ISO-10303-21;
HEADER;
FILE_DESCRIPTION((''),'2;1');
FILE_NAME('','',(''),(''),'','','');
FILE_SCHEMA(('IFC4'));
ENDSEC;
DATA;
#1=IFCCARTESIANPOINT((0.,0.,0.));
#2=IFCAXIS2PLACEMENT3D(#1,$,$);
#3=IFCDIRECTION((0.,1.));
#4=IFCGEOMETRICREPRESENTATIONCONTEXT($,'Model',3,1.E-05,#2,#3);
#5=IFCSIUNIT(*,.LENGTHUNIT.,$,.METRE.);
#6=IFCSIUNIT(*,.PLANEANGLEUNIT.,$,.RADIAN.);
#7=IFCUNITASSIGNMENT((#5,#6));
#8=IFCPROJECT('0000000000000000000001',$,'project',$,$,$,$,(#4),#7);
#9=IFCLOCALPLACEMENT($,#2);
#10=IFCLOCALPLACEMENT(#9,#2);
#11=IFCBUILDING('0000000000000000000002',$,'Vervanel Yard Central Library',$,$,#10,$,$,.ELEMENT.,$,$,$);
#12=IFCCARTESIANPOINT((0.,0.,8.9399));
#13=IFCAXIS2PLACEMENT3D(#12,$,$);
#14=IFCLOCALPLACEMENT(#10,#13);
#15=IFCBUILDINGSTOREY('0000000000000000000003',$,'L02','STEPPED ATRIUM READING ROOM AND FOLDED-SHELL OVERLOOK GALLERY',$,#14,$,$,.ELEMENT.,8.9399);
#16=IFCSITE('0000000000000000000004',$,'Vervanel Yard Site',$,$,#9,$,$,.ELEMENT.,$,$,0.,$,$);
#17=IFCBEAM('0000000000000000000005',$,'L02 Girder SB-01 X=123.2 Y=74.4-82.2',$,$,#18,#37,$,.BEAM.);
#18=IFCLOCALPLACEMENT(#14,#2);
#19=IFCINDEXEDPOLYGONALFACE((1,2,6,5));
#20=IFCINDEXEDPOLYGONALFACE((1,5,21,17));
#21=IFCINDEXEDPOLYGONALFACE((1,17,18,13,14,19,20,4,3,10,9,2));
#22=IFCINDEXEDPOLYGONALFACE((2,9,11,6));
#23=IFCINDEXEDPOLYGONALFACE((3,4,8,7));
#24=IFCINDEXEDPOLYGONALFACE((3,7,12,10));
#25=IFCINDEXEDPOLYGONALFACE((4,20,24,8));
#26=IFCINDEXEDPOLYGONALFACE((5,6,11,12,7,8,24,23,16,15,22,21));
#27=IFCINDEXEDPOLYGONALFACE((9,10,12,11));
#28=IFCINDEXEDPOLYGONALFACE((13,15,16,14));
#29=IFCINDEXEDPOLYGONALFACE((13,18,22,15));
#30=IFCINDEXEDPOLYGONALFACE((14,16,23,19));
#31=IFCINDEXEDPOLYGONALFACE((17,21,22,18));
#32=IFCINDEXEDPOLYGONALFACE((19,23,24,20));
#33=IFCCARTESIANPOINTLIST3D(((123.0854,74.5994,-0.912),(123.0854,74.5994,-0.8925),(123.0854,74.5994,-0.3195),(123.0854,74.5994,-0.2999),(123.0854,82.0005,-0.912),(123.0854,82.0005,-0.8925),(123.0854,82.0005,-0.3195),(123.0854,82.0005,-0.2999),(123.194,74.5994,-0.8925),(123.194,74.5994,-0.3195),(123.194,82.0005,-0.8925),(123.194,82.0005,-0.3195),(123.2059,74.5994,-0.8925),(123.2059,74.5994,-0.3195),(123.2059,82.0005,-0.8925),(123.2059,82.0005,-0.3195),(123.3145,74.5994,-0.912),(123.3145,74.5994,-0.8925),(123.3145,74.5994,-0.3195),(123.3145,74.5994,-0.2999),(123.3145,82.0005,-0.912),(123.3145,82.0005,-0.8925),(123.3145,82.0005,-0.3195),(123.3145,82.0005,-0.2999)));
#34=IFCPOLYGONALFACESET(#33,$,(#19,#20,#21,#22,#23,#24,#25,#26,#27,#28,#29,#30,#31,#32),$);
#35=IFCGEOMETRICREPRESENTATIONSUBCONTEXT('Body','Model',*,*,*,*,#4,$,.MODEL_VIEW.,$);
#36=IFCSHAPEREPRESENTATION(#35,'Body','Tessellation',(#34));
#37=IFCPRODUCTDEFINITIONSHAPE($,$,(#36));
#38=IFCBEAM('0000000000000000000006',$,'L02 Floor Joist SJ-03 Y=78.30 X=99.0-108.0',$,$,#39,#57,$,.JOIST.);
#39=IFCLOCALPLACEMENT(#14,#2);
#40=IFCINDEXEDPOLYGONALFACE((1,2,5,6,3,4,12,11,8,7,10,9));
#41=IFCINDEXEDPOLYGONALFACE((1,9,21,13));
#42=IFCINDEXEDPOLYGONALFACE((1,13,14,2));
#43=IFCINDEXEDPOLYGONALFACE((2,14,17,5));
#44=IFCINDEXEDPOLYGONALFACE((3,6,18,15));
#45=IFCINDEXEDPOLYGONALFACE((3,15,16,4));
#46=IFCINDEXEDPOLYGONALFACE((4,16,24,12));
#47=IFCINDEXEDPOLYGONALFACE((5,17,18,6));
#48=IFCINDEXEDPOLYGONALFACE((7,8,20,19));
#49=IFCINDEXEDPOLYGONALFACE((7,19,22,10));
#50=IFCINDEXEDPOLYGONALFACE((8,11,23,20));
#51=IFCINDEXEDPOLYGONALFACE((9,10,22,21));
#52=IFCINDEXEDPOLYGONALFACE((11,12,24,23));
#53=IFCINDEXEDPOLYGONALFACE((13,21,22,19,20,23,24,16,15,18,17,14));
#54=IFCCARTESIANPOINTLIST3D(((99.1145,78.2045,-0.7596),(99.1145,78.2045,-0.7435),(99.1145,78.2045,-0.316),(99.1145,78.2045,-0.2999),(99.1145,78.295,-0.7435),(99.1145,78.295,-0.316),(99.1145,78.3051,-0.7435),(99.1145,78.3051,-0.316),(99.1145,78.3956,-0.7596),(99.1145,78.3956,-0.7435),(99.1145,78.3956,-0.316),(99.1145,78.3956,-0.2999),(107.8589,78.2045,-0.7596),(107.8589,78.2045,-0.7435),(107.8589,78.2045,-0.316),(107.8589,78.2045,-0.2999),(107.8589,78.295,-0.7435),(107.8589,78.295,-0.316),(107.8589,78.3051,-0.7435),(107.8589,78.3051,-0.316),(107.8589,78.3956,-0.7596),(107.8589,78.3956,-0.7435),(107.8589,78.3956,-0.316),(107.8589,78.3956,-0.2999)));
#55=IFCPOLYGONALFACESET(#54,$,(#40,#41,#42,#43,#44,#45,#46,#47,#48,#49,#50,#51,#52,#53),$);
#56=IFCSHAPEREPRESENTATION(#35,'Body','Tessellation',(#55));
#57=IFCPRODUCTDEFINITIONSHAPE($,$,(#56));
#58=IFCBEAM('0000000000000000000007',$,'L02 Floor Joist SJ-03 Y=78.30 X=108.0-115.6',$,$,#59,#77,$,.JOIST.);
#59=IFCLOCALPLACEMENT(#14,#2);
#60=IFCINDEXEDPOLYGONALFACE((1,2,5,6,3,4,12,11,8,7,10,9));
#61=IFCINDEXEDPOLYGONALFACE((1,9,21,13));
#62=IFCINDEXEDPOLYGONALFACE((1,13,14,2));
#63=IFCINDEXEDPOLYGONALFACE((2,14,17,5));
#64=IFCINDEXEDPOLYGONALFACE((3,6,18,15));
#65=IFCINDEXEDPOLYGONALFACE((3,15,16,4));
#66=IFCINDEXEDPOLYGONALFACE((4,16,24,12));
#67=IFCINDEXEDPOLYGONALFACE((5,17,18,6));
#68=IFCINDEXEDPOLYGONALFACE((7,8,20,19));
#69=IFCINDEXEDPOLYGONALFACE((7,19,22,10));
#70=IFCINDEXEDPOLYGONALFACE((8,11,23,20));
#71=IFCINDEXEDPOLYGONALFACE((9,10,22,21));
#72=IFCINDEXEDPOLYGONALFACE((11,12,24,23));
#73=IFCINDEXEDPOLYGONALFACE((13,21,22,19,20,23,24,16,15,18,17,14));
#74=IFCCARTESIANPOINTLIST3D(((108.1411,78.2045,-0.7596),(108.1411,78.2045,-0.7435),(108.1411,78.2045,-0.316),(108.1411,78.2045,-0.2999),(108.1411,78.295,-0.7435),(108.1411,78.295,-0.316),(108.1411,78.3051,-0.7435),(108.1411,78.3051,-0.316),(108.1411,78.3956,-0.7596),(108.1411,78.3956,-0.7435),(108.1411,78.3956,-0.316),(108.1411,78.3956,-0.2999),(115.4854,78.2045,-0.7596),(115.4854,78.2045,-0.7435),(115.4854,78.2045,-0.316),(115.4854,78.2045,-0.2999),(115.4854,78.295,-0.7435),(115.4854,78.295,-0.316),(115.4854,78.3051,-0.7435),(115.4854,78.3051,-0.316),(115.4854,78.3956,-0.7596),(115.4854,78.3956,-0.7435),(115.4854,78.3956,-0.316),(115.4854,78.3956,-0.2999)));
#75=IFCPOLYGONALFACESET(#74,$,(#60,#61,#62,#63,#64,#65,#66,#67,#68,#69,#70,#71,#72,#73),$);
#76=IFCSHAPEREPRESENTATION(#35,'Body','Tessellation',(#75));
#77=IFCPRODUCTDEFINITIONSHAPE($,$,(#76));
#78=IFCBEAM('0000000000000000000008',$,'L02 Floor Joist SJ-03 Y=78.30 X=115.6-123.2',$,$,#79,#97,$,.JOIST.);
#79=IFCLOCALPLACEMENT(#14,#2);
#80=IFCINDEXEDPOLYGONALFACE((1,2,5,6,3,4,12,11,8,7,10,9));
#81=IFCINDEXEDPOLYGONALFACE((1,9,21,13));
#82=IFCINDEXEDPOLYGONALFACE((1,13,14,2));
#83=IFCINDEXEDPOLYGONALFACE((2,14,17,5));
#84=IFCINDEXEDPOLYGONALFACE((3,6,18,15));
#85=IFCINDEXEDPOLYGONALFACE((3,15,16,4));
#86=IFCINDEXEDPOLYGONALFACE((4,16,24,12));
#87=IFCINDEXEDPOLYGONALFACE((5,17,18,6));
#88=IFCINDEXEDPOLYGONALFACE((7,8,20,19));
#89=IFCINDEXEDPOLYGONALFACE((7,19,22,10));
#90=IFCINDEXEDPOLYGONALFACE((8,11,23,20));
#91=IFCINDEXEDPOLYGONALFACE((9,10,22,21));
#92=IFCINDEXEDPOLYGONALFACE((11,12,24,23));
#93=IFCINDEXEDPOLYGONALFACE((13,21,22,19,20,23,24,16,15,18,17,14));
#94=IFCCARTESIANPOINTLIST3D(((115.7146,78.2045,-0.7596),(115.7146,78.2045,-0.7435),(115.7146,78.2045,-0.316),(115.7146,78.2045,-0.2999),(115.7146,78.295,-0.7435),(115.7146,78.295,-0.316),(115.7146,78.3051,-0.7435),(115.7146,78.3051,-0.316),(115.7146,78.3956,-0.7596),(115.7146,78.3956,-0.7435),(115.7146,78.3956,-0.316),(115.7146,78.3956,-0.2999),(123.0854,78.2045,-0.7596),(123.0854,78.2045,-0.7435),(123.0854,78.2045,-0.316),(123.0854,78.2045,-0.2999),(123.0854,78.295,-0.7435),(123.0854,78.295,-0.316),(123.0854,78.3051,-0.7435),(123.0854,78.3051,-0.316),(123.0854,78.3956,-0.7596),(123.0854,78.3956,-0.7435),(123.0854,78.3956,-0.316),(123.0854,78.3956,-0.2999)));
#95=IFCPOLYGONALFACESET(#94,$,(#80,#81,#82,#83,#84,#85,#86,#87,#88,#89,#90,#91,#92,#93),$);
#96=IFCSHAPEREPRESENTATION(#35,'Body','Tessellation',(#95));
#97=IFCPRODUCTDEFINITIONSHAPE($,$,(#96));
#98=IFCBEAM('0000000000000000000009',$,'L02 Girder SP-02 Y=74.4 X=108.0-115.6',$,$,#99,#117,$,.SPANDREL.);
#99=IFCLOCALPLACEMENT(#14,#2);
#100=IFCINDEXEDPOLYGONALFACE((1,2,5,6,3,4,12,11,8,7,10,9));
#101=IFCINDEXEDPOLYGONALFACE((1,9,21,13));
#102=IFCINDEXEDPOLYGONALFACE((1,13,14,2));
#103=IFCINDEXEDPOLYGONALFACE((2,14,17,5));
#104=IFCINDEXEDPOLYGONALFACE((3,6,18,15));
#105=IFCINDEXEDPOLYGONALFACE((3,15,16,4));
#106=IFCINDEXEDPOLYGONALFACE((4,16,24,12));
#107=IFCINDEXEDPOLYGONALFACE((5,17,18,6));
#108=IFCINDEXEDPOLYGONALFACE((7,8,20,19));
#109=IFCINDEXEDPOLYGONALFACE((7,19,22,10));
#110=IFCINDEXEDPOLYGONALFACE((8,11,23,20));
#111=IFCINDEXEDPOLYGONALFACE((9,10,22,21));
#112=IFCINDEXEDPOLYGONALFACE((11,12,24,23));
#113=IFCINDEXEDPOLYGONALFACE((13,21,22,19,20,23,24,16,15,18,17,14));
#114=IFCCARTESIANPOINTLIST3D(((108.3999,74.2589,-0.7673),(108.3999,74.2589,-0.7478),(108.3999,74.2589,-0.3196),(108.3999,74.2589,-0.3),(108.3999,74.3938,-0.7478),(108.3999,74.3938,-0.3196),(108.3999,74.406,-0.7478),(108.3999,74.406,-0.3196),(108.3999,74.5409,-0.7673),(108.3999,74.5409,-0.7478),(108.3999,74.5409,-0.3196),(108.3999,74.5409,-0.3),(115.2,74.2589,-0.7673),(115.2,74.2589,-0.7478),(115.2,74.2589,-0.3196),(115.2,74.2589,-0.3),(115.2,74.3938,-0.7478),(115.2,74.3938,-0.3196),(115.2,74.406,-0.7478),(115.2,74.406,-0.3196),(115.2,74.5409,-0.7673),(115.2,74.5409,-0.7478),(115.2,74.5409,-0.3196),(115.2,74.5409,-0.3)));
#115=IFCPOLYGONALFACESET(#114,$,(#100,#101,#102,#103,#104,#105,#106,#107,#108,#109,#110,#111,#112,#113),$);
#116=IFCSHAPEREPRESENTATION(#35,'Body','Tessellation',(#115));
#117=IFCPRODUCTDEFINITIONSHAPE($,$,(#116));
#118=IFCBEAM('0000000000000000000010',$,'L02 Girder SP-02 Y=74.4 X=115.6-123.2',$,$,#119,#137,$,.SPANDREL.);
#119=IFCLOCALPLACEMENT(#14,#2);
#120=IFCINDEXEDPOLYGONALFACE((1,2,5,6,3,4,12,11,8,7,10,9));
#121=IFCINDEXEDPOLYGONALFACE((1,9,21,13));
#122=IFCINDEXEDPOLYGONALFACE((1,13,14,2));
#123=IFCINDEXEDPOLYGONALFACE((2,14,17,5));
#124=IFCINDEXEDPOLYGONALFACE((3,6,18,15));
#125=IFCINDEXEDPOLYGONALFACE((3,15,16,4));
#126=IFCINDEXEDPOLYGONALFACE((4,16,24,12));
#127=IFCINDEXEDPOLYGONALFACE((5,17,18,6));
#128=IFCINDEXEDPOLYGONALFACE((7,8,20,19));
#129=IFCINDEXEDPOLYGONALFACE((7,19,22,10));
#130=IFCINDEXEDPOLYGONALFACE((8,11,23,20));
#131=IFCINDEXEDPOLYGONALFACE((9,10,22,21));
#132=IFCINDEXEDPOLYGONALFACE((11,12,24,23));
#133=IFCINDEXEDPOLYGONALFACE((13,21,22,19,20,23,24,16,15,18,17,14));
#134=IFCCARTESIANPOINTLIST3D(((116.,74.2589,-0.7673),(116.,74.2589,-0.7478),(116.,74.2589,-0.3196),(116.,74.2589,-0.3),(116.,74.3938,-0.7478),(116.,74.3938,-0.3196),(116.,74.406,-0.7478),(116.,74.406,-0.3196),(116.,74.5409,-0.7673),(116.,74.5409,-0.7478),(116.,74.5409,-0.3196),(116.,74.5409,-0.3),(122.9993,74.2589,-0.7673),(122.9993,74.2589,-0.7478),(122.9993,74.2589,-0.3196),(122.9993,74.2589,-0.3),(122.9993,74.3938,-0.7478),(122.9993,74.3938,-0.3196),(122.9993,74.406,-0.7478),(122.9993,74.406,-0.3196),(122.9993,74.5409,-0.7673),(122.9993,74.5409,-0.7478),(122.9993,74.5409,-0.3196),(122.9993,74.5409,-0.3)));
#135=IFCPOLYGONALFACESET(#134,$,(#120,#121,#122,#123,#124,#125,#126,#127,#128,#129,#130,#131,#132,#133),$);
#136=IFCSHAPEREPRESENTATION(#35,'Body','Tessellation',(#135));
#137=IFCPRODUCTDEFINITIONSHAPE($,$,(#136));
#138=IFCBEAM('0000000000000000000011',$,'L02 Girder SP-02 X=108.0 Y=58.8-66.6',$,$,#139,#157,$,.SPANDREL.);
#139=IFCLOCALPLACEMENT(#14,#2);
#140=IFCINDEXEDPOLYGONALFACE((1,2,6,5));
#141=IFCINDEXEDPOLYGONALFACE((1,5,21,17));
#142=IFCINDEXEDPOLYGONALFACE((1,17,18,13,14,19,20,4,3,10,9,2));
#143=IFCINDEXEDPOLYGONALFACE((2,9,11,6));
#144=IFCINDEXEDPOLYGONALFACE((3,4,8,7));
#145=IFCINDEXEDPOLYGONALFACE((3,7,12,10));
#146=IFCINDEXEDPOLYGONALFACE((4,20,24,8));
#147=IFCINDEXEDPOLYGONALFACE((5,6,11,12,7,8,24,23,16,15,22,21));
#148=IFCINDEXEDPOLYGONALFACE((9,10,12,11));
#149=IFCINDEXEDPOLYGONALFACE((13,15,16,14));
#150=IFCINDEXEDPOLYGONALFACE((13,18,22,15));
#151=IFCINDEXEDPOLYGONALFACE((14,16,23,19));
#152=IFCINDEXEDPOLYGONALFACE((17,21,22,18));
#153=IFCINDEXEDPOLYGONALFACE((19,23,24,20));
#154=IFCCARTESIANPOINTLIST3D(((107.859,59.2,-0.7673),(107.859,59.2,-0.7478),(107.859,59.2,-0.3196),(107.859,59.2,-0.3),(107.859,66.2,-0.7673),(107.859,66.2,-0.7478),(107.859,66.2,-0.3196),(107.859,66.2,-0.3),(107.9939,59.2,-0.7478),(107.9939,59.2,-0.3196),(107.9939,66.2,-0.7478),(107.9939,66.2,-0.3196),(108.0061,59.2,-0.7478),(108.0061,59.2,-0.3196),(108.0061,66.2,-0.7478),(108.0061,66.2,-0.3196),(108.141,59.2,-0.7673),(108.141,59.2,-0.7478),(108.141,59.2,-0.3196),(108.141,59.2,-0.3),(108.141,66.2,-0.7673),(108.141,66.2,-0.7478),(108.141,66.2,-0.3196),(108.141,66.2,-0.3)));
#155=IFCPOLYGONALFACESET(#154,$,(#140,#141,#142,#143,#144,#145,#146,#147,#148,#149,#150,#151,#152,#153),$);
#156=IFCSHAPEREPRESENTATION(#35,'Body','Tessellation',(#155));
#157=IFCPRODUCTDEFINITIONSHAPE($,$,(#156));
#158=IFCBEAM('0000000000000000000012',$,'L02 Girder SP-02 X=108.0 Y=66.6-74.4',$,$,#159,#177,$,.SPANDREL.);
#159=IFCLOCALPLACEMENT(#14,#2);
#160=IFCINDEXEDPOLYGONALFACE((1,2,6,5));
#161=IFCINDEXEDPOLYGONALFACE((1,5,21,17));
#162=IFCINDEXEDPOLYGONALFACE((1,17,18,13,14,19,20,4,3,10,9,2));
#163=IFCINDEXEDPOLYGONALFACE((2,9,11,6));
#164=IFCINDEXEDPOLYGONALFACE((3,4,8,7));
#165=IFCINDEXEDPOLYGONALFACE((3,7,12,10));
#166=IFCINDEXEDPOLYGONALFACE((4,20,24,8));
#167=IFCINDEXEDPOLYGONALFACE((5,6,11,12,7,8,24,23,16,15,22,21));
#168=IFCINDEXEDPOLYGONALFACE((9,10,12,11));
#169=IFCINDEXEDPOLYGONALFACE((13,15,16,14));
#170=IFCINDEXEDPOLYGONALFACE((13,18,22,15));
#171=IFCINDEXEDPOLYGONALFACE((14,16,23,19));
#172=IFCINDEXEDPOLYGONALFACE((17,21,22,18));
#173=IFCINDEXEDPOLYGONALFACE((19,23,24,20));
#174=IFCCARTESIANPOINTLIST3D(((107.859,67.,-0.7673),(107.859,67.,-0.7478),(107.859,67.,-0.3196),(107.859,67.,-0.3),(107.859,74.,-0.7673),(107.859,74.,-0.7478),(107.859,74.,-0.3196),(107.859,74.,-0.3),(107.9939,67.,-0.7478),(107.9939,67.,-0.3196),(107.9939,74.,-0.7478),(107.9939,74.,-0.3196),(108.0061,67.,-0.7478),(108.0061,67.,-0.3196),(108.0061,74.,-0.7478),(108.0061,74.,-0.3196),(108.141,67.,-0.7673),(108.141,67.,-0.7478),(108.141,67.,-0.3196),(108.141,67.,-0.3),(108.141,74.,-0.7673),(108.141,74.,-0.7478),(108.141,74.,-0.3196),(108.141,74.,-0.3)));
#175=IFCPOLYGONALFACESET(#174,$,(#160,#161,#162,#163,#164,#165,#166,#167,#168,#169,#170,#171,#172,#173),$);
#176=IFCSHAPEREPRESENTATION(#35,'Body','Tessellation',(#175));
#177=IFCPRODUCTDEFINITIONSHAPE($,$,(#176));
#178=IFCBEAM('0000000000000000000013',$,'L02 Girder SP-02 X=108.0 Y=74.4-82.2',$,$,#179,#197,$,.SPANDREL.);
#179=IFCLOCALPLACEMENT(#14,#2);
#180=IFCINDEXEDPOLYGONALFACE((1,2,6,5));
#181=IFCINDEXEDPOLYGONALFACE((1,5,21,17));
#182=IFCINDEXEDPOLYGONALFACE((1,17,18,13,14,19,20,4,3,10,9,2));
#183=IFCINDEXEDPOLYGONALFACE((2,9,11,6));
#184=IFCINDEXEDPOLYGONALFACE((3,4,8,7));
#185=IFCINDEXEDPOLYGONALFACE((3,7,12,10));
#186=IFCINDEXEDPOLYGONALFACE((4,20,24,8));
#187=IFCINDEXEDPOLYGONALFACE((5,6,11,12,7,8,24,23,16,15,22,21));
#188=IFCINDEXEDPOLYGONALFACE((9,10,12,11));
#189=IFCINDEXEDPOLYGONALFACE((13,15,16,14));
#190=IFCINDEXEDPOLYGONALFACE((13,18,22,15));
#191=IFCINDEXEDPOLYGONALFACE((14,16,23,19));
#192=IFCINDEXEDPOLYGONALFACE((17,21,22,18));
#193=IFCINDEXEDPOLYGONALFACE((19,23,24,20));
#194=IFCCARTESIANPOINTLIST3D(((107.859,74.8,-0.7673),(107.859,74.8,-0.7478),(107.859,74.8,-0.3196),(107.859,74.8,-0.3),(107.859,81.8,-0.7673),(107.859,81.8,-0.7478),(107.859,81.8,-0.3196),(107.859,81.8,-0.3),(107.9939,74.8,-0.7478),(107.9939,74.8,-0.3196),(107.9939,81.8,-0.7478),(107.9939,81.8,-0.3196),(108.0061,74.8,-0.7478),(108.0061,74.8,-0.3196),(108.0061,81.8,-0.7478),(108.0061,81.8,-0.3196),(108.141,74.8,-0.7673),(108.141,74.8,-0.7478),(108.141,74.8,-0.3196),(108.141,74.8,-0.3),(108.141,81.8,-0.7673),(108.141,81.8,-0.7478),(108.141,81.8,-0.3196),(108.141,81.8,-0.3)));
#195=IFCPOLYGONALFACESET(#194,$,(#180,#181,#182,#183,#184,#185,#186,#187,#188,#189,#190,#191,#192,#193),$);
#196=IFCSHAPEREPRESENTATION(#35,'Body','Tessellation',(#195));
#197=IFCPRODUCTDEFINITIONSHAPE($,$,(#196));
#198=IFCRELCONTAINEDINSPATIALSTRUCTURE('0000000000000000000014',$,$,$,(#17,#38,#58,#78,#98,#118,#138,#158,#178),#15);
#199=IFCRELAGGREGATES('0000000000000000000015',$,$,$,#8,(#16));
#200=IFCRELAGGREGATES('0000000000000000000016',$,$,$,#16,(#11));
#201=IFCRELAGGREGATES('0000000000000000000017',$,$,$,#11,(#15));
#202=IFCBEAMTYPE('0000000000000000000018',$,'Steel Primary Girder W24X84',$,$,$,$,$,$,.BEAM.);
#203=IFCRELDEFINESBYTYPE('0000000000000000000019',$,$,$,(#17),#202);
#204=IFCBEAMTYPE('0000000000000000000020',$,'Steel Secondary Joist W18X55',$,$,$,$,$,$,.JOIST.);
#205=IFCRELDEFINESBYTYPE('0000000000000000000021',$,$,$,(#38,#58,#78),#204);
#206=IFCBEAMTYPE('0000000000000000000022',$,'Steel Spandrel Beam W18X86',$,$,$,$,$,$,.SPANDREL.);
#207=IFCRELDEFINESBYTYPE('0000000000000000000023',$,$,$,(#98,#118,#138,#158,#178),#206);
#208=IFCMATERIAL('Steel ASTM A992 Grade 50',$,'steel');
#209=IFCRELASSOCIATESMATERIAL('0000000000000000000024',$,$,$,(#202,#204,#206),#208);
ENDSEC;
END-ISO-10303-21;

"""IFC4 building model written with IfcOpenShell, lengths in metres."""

from ifc_helpers import new_model, si_unit, direction, frame, origin, origin_2d, place, context, subcontext, project, spatial, i_section, extrude, material, material_profile, profile_set, type_object, element, save


model = new_model("IFC4")

# Units and contexts
model_context = context("Model", 3, precision=1e-05, world=origin(), true_north=direction((0.0, 1.0)))
body_context = subcontext(model_context, "Body", "Model", "MODEL_VIEW")
ifc_project = project(units=[si_unit("LENGTHUNIT", "METRE"), si_unit("PLANEANGLEUNIT", "RADIAN")], contexts=[model_context])

# Site, building, storey
site_placement = place(None, origin())
site = spatial("IfcSite", under=ifc_project, at=site_placement, Name="Vervanel Yard Site", CompositionType="ELEMENT", RefElevation=0.0)
building_placement = place(site_placement, origin())
building = spatial("IfcBuilding", under=site, at=building_placement, Name="Vervanel Yard Central Library", CompositionType="ELEMENT")
storey_placement = place(building_placement, frame((0.0, 0.0, 8.9399)))
storey = spatial("IfcBuildingStorey", under=building, at=storey_placement, Name="L02", Description="STEPPED ATRIUM READING ROOM AND FOLDED-SHELL OVERLOOK GALLERY", CompositionType="ELEMENT", Elevation=8.9399)

# Shared definitions
ifc_material_1 = material(Name="Steel ASTM A992 Grade 50", Category="steel")

# Beams
ifc_material_profile_1 = material_profile(ifc_material_1, i_section(OverallWidth=0.229, OverallDepth=0.6121, WebThickness=0.012, FlangeThickness=0.0195, at=origin_2d()), Name="W24X84", Category="steel")
ifc_profile_set_1 = profile_set([ifc_material_profile_1], Name="Steel ASTM A992 Grade 50")
beam_type_1 = type_object("IfcBeamType", Name="Steel Primary Girder W24X84", PredefinedType="BEAM", material=ifc_profile_set_1)
beam_1_placement = place(storey_placement, frame((123.2, 74.5994, -0.606), z_axis=(0.0, 1.0, 0.0), x_axis=(-1.0, 0.0, 0.0)))
element("IfcBeam", 1, at=beam_1_placement, inside=storey, type_object=beam_type_1, Name="L02 Girder SB-01 X=123.2 Y=74.4-82.2", PredefinedType="BEAM", context=body_context, shape_type="SweptSolid", body=[
    extrude(i_section(OverallWidth=0.229, OverallDepth=0.6121, WebThickness=0.012, FlangeThickness=0.0195, at=origin_2d()), origin(), (0.0, 0.0, 1.0), 7.4011),
])
ifc_material_profile_2 = material_profile(ifc_material_1, i_section(OverallWidth=0.1912, OverallDepth=0.4597, WebThickness=0.01, FlangeThickness=0.0161, at=origin_2d()), Name="W18X55", Category="steel")
ifc_profile_set_2 = profile_set([ifc_material_profile_2], Name="Steel ASTM A992 Grade 50")
beam_type_2 = type_object("IfcBeamType", Name="Steel Secondary Joist W18X55", PredefinedType="JOIST", material=ifc_profile_set_2)
beam_2_placement = place(storey_placement, frame((99.1145, 78.3, -0.5298), z_axis=(1.0, 0.0, 0.0), x_axis=(0.0, 1.0, 0.0)))
element("IfcBeam", 2, at=beam_2_placement, inside=storey, type_object=beam_type_2, Name="L02 Floor Joist SJ-03 Y=78.30 X=99.0-108.0", PredefinedType="JOIST", context=body_context, shape_type="SweptSolid", body=[
    extrude(i_section(OverallWidth=0.1912, OverallDepth=0.4597, WebThickness=0.01, FlangeThickness=0.0161, at=origin_2d()), origin(), (0.0, 0.0, 1.0), 8.7444),
])
beam_3_placement = place(storey_placement, frame((108.1411, 78.3, -0.5298), z_axis=(1.0, 0.0, 0.0), x_axis=(0.0, 1.0, 0.0)))
element("IfcBeam", 3, at=beam_3_placement, inside=storey, type_object=beam_type_2, Name="L02 Floor Joist SJ-03 Y=78.30 X=108.0-115.6", PredefinedType="JOIST", context=body_context, shape_type="SweptSolid", body=[
    extrude(i_section(OverallWidth=0.1912, OverallDepth=0.4597, WebThickness=0.01, FlangeThickness=0.0161, at=origin_2d()), origin(), (0.0, 0.0, 1.0), 7.3442),
])
beam_4_placement = place(storey_placement, frame((115.7146, 78.3, -0.5298), z_axis=(1.0, 0.0, 0.0), x_axis=(0.0, 1.0, 0.0)))
element("IfcBeam", 4, at=beam_4_placement, inside=storey, type_object=beam_type_2, Name="L02 Floor Joist SJ-03 Y=78.30 X=115.6-123.2", PredefinedType="JOIST", context=body_context, shape_type="SweptSolid", body=[
    extrude(i_section(OverallWidth=0.1912, OverallDepth=0.4597, WebThickness=0.01, FlangeThickness=0.0161, at=origin_2d()), origin(), (0.0, 0.0, 1.0), 7.3708),
])
ifc_material_profile_3 = material_profile(ifc_material_1, i_section(OverallWidth=0.282, OverallDepth=0.4673, WebThickness=0.0122, FlangeThickness=0.0195, at=origin_2d()), Name="W18X86", Category="steel")
ifc_profile_set_3 = profile_set([ifc_material_profile_3], Name="Steel ASTM A992 Grade 50")
beam_type_3 = type_object("IfcBeamType", Name="Steel Spandrel Beam W18X86", PredefinedType="SPANDREL", material=ifc_profile_set_3)
beam_5_placement = place(storey_placement, frame((108.3999, 74.3999, -0.5337), z_axis=(1.0, 0.0, 0.0), x_axis=(0.0, 1.0, 0.0)))
element("IfcBeam", 5, at=beam_5_placement, inside=storey, type_object=beam_type_3, Name="L02 Girder SP-02 Y=74.4 X=108.0-115.6", PredefinedType="SPANDREL", context=body_context, shape_type="SweptSolid", body=[
    extrude(i_section(OverallWidth=0.282, OverallDepth=0.4673, WebThickness=0.0122, FlangeThickness=0.0195, at=origin_2d()), origin(), (0.0, 0.0, 1.0), 6.8),
])
beam_6_placement = place(storey_placement, frame((116.0, 74.3999, -0.5337), z_axis=(1.0, 0.0, 0.0), x_axis=(0.0, 1.0, 0.0)))
element("IfcBeam", 6, at=beam_6_placement, inside=storey, type_object=beam_type_3, Name="L02 Girder SP-02 Y=74.4 X=115.6-123.2", PredefinedType="SPANDREL", context=body_context, shape_type="SweptSolid", body=[
    extrude(i_section(OverallWidth=0.282, OverallDepth=0.4673, WebThickness=0.0122, FlangeThickness=0.0195, at=origin_2d()), origin(), (0.0, 0.0, 1.0), 6.9993),
])
for number, where, z_axis, x_axis, name in (
    (7, (108.0, 59.2, -0.5337), (0.0, 1.0, 0.0), (-1.0, 0.0, 0.0), "L02 Girder SP-02 X=108.0 Y=58.8-66.6"),
    (8, (108.0, 67.0, -0.5337), (0.0, 1.0, 0.0), (-1.0, 0.0, 0.0), "L02 Girder SP-02 X=108.0 Y=66.6-74.4"),
    (9, (108.0, 74.8, -0.5337), (0.0, 1.0, 0.0), (-1.0, 0.0, 0.0), "L02 Girder SP-02 X=108.0 Y=74.4-82.2"),
):
    element("IfcBeam", number, at=place(storey_placement, frame(where, z_axis=z_axis, x_axis=x_axis)), inside=storey, type_object=beam_type_3, Name=name, PredefinedType="SPANDREL", context=body_context, shape_type="SweptSolid", body=[
        extrude(i_section(OverallWidth=0.282, OverallDepth=0.4673, WebThickness=0.0122, FlangeThickness=0.0195, at=origin_2d()), origin(), (0.0, 0.0, 1.0), 7.0),
    ])

save(model, "model.ifc")
